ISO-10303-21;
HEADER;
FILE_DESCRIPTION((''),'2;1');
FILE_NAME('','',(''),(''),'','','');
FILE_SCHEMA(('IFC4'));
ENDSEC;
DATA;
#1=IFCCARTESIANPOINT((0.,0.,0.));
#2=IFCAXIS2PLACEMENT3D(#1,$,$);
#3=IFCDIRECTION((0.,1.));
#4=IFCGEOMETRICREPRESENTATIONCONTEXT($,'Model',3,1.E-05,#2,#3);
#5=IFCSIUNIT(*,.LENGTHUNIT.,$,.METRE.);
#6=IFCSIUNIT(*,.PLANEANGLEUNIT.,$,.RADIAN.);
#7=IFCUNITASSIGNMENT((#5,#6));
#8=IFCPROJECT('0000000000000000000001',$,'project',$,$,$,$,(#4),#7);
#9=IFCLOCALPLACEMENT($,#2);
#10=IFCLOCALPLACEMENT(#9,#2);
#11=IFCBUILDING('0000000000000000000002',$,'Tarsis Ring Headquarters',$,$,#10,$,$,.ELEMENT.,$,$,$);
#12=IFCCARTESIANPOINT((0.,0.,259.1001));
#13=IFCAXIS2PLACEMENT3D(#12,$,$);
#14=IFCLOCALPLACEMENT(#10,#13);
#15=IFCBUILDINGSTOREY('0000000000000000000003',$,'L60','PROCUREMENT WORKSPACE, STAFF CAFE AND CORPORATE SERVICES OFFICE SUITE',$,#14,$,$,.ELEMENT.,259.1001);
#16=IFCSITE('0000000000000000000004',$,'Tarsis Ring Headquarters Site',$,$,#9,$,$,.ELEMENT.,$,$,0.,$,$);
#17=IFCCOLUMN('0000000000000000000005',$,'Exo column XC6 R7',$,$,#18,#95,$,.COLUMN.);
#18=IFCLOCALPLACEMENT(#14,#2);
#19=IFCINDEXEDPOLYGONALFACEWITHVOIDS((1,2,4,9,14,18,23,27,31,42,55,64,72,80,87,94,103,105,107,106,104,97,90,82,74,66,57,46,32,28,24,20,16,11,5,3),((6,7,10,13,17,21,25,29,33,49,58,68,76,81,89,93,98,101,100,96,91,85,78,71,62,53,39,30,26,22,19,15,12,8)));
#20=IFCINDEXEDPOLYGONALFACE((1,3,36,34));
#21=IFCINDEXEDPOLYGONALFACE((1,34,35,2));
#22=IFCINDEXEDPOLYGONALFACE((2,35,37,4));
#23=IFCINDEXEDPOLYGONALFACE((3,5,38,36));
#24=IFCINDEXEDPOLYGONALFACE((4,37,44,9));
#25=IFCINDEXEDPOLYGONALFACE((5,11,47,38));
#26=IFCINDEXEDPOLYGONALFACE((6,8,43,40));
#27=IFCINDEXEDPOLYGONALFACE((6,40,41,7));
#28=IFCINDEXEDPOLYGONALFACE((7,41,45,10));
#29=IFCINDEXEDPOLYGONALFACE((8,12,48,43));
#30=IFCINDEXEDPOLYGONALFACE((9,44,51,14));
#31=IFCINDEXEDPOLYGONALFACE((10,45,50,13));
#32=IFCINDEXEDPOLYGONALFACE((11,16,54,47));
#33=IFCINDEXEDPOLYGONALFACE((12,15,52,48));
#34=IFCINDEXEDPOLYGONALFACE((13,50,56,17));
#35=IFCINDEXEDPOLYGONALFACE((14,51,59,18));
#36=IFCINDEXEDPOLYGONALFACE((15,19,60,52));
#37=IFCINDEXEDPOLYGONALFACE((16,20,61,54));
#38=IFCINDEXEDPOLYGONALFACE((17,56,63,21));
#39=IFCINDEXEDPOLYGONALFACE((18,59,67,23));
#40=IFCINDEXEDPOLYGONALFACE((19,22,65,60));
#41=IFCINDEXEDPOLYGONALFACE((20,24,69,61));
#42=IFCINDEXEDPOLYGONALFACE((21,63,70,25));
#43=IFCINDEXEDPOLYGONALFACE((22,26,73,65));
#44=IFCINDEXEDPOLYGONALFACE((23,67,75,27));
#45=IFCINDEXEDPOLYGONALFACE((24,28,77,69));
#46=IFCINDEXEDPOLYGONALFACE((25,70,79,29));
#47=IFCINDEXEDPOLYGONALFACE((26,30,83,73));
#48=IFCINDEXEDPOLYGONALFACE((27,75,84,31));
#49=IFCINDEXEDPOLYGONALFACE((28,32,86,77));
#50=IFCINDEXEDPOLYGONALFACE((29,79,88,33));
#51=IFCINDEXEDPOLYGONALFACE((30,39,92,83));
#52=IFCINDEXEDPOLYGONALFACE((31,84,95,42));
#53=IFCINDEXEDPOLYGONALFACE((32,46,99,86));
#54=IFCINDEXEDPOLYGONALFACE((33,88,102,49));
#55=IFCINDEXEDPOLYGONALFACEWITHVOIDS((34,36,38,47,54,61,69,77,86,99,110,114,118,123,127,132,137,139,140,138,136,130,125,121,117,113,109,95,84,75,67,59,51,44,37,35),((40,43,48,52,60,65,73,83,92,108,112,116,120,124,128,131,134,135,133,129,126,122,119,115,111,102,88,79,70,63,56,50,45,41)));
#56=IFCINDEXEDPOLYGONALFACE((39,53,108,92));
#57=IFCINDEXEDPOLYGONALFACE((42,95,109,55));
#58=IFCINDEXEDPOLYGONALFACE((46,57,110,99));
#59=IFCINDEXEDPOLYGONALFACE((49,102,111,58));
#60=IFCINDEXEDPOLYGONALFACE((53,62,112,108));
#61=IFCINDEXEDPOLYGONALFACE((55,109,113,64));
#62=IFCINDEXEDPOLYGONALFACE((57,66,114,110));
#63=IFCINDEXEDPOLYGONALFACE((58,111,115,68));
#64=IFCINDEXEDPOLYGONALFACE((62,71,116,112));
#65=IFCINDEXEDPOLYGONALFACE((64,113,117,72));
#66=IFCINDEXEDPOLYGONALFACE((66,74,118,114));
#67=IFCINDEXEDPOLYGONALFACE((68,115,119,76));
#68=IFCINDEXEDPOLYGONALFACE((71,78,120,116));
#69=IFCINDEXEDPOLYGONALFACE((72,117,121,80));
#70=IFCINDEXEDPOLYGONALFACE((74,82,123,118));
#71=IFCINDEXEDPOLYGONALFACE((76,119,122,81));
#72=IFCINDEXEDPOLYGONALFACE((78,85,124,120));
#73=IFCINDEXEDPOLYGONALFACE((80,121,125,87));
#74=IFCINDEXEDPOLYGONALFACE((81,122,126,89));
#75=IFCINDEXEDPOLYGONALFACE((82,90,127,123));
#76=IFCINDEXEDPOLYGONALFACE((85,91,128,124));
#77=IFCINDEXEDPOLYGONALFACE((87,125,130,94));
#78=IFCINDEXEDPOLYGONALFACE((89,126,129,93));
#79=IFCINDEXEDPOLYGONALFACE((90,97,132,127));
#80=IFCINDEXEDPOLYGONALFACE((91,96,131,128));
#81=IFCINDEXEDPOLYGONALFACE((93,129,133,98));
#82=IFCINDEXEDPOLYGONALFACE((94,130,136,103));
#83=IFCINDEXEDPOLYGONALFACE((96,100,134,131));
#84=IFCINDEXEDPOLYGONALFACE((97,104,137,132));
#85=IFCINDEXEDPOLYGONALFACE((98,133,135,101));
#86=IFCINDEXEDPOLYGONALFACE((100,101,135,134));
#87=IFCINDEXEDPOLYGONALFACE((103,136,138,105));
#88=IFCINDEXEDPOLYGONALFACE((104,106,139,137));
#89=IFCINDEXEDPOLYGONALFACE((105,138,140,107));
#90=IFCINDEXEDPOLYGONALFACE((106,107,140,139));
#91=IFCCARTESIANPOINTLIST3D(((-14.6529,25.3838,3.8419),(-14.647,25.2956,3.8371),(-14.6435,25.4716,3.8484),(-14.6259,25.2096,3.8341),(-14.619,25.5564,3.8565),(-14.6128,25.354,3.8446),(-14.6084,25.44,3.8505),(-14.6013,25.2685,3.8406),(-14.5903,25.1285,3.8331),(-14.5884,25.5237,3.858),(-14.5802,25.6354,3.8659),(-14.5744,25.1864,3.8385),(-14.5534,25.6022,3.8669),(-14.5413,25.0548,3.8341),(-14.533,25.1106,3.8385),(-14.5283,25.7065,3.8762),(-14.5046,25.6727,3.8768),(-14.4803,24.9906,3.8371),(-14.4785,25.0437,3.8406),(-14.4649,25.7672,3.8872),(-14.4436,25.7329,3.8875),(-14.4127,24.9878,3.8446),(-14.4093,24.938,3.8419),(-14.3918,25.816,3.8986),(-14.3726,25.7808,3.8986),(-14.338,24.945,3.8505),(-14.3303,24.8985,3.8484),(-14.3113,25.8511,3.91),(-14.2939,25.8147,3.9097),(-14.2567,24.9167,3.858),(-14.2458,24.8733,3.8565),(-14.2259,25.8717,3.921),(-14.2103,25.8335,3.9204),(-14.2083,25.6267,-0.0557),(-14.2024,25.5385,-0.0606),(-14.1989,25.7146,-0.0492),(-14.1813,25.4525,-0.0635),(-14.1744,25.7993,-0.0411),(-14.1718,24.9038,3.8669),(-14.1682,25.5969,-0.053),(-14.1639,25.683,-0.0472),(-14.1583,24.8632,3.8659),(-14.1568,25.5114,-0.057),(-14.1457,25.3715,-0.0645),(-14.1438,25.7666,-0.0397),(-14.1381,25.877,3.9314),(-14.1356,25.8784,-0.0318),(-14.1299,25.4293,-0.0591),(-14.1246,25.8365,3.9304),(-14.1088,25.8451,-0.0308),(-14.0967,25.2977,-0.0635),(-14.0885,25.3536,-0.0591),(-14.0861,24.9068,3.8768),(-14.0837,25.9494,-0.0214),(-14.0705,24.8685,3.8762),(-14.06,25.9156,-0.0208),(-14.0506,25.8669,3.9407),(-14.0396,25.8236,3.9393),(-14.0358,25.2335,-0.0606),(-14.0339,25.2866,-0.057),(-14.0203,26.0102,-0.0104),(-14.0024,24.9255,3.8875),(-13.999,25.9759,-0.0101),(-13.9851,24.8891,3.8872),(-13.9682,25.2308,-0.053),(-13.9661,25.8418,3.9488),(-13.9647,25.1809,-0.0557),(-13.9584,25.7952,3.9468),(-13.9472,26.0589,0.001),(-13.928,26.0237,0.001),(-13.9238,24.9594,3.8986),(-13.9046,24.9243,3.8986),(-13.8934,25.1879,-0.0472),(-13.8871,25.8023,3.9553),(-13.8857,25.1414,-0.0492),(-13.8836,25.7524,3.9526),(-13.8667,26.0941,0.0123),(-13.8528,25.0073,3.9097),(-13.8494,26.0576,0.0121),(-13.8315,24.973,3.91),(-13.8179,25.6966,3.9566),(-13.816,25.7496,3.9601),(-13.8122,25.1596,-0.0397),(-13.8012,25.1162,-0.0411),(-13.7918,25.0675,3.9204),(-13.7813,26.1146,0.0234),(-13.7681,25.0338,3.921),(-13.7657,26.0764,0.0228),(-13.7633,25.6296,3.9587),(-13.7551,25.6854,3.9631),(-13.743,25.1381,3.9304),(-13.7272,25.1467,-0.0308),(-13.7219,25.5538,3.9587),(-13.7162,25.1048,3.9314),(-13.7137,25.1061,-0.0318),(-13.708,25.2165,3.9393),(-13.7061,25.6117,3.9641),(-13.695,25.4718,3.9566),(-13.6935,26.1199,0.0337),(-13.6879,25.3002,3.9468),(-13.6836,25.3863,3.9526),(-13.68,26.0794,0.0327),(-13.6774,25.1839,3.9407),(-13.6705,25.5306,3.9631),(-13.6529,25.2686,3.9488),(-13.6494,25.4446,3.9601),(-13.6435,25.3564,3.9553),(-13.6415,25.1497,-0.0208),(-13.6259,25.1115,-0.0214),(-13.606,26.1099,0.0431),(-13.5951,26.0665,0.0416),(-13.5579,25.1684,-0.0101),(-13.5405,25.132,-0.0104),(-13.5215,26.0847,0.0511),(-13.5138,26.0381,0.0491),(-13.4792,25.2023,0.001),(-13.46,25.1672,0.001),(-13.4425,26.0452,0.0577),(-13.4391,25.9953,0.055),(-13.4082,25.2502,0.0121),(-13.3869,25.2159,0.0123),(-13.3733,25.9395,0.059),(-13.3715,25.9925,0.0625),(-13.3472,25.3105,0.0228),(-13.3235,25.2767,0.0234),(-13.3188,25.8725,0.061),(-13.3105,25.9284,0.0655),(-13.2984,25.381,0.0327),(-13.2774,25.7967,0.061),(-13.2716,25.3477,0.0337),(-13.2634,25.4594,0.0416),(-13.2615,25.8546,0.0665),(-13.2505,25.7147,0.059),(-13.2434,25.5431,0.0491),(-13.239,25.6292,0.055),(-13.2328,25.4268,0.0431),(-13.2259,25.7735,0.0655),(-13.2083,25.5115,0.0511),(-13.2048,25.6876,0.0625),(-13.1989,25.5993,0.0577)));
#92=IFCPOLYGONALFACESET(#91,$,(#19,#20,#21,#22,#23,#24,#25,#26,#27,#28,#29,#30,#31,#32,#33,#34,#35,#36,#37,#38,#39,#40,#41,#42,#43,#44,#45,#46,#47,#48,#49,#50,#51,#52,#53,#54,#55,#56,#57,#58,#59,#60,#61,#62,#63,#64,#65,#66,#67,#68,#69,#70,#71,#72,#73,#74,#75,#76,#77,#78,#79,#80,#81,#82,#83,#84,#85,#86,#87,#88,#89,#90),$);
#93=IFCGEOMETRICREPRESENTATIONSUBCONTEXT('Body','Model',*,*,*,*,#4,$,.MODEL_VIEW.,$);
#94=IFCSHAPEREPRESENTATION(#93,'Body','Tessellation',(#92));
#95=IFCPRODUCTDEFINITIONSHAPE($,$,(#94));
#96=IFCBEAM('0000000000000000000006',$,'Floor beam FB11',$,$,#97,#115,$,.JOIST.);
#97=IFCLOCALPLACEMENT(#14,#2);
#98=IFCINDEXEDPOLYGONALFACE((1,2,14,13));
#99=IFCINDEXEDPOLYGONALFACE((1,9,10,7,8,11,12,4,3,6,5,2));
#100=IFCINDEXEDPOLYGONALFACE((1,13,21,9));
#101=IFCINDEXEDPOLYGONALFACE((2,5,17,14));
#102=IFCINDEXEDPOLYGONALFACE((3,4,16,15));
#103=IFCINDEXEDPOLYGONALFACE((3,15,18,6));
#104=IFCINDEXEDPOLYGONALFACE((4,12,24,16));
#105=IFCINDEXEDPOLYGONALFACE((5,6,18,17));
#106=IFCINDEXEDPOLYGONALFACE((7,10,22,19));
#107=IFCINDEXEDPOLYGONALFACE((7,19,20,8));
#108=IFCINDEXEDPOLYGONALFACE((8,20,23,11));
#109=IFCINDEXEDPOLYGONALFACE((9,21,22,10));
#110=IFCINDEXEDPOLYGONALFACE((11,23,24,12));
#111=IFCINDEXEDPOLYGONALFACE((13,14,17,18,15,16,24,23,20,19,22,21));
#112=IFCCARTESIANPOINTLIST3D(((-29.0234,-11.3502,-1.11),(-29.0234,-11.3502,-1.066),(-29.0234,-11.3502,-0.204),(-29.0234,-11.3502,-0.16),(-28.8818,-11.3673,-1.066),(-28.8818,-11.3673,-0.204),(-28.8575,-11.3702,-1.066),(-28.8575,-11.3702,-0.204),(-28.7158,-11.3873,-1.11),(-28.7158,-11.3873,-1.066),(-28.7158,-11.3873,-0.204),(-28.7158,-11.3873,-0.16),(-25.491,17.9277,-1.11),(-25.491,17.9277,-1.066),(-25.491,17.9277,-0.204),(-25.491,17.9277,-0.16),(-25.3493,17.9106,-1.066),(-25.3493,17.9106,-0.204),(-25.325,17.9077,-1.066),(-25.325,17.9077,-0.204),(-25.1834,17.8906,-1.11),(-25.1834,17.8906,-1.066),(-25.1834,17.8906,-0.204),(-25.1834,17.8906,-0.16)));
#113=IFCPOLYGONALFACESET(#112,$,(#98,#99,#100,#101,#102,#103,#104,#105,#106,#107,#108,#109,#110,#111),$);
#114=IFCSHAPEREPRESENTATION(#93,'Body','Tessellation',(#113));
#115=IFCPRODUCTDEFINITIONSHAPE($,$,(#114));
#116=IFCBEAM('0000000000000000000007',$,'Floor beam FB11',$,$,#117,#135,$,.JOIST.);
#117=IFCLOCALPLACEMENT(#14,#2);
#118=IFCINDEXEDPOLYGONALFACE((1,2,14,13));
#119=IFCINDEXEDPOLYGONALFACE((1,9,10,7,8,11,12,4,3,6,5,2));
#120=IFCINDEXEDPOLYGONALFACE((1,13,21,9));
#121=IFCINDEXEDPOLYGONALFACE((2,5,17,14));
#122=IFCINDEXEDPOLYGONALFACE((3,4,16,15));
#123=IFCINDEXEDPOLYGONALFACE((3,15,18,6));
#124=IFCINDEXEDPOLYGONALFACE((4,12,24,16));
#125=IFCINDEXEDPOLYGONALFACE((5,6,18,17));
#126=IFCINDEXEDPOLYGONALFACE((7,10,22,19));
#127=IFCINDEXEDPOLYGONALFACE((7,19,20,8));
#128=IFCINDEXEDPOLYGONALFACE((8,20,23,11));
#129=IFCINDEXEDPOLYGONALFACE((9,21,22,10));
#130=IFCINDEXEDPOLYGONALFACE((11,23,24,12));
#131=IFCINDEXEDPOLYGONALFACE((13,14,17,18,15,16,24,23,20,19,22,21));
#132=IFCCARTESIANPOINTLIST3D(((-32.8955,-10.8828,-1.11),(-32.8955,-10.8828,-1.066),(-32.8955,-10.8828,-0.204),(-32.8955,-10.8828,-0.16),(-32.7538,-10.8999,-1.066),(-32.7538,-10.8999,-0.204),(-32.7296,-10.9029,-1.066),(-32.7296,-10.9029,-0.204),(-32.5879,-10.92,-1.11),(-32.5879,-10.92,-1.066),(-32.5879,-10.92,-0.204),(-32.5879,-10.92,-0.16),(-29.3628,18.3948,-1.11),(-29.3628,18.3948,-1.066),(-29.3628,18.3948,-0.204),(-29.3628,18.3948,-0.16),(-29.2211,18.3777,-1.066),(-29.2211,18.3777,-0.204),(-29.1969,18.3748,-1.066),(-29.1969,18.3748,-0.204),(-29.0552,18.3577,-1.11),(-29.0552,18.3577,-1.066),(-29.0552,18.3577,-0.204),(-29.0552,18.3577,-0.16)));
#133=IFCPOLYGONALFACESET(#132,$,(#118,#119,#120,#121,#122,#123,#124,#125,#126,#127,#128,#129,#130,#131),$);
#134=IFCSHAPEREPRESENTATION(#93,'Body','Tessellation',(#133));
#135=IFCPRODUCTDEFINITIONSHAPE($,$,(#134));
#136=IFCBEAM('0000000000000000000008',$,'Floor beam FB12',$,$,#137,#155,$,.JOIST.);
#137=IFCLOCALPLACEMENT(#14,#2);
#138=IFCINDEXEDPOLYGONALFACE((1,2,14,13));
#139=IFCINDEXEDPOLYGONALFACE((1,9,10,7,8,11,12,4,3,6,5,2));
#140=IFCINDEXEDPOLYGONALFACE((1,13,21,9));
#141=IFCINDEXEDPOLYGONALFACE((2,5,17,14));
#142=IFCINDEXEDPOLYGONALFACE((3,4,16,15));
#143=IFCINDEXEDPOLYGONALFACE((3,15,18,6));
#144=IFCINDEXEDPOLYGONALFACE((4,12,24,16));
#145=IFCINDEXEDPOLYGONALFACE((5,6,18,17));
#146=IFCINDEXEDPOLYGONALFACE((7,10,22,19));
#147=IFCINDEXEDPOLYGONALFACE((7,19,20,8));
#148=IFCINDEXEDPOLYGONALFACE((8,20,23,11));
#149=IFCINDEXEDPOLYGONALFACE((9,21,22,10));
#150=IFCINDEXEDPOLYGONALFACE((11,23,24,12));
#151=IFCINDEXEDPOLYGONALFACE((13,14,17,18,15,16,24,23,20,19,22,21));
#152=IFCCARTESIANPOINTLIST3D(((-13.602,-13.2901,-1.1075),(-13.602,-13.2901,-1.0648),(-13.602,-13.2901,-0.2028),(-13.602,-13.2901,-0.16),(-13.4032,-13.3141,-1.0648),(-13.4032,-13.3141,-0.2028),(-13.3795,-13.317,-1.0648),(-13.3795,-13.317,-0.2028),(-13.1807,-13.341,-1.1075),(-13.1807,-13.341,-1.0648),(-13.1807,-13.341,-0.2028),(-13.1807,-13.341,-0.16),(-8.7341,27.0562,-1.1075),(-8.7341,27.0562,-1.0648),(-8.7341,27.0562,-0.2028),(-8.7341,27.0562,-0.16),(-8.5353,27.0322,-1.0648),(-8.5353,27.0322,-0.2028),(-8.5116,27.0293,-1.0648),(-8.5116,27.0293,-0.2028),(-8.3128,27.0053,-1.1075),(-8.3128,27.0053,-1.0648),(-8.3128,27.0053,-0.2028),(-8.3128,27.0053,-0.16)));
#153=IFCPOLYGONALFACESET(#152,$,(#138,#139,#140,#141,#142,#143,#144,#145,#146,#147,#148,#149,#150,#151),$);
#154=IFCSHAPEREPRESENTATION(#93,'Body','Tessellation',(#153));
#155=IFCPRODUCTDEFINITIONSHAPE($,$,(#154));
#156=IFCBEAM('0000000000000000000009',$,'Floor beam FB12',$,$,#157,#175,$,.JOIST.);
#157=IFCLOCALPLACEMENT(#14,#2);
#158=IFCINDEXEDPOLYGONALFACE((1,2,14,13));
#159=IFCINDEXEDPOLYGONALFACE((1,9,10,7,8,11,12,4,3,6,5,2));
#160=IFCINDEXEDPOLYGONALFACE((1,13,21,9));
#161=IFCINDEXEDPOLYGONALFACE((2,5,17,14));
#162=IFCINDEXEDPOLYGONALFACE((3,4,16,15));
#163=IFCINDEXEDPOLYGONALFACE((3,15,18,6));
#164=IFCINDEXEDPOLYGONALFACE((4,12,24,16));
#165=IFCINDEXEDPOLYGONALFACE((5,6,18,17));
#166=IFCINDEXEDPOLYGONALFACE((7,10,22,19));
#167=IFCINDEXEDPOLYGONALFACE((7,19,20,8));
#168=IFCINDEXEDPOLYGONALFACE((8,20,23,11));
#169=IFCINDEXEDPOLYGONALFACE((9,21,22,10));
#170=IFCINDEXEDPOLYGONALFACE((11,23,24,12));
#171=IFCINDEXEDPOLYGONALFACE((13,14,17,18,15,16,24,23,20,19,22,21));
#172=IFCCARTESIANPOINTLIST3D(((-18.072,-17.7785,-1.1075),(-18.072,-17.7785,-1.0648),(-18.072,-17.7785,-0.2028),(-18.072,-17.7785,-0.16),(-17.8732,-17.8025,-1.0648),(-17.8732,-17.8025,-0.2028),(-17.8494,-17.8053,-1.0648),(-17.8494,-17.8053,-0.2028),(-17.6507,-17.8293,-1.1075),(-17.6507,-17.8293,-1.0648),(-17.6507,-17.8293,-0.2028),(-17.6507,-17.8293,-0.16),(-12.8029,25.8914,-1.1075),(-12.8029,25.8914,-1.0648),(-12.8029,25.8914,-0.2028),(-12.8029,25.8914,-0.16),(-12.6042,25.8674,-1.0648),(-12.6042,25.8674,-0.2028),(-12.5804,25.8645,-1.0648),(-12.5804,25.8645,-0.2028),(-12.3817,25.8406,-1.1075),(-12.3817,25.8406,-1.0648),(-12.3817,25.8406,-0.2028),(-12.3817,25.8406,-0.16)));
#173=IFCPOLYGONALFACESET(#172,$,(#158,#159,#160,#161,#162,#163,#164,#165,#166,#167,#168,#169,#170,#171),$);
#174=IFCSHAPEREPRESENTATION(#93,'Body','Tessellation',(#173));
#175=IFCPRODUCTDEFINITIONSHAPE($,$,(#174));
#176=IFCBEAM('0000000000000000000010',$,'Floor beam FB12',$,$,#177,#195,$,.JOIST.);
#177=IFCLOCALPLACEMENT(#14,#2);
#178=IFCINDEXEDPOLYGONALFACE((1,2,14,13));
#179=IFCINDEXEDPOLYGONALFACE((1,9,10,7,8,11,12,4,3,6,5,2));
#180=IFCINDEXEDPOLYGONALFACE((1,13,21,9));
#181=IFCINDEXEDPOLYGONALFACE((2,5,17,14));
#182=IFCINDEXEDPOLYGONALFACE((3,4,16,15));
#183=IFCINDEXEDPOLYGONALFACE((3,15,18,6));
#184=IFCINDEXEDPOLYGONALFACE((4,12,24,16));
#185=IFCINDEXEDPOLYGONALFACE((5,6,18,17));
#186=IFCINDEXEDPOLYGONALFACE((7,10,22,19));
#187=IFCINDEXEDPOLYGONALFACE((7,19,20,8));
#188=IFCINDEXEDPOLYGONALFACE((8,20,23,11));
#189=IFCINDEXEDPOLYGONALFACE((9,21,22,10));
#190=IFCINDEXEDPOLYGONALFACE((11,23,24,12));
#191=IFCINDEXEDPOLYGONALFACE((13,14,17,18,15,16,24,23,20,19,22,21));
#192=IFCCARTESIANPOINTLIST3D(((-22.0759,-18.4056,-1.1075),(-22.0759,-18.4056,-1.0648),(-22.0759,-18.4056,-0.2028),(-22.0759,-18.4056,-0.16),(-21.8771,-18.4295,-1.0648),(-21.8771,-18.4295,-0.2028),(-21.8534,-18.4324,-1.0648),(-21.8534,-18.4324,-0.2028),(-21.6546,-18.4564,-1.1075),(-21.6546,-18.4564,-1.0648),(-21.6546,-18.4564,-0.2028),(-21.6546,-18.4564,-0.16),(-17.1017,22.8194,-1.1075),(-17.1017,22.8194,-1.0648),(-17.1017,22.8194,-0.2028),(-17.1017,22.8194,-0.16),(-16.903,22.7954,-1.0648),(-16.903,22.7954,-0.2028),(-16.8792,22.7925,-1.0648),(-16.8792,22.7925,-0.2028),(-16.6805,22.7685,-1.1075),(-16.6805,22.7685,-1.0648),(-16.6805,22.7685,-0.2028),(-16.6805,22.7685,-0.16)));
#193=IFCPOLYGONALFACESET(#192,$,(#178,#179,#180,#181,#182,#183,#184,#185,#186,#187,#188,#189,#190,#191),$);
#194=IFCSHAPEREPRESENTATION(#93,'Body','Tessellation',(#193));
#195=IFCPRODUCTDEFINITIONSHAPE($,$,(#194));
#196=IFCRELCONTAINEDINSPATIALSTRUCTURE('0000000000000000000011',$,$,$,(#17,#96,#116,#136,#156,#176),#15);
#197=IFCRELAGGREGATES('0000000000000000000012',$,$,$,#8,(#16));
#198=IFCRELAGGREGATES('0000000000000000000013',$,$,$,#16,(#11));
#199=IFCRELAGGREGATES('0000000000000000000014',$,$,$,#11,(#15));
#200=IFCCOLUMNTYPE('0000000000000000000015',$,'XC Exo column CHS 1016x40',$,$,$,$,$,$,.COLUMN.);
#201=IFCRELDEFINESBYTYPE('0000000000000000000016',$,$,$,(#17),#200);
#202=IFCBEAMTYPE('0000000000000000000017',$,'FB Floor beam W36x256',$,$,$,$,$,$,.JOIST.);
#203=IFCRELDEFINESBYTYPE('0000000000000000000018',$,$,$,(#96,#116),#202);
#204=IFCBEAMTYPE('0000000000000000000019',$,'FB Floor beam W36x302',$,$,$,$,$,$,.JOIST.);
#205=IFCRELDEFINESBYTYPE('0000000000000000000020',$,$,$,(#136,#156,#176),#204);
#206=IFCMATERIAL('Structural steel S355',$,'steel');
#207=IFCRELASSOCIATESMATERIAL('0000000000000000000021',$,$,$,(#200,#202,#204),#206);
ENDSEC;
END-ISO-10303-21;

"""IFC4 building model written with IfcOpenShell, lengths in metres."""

from ifc_helpers import new_model, si_unit, direction, frame, origin, origin_2d, place, context, subcontext, project, spatial, hollow_circle, i_section, extrude, material, material_profile, profile_set, type_object, element, save


model = new_model("IFC4")

# Units and contexts
model_context = context("Model", 3, precision=1e-05, world=origin(), true_north=direction((0.0, 1.0)))
body_context = subcontext(model_context, "Body", "Model", "MODEL_VIEW")
ifc_project = project(units=[si_unit("LENGTHUNIT", "METRE"), si_unit("PLANEANGLEUNIT", "RADIAN")], contexts=[model_context])

# Site, building, storey
site_placement = place(None, origin())
site = spatial("IfcSite", under=ifc_project, at=site_placement, Name="Tarsis Ring Headquarters Site", CompositionType="ELEMENT", RefElevation=0.0)
building_placement = place(site_placement, origin())
building = spatial("IfcBuilding", under=site, at=building_placement, Name="Tarsis Ring Headquarters", CompositionType="ELEMENT")
storey_placement = place(building_placement, frame((0.0, 0.0, 259.1001)))
storey = spatial("IfcBuildingStorey", under=building, at=storey_placement, Name="L60", Description="PROCUREMENT WORKSPACE, STAFF CAFE AND CORPORATE SERVICES OFFICE SUITE", CompositionType="ELEMENT", Elevation=259.1001)

# Column
ifc_material_1 = material(Name="Structural steel S355", Category="steel")
ifc_material_profile_1 = material_profile(ifc_material_1, hollow_circle(Radius=0.5081, WallThickness=0.04, at=origin_2d()), Name="CHS 1016x40")
ifc_profile_set_1 = profile_set([ifc_material_profile_1], Name="Structural steel S355")
column_type = type_object("IfcColumnType", Name="XC Exo column CHS 1016x40", PredefinedType="COLUMN", material=ifc_profile_set_1)
column_placement = place(storey_placement, frame((-13.7036, 25.613, 0.001), z_axis=(-0.113111, -0.061804, 0.991658), x_axis=(0.479494, -0.877545, 0.0)))
element("IfcColumn", 1, at=column_placement, inside=storey, type_object=column_type, Name="Exo column XC6 R7", PredefinedType="COLUMN", context=body_context, shape_type="SweptSolid", body=[
    extrude(hollow_circle(Radius=0.5081, WallThickness=0.04, at=origin_2d()), origin(), (0.0, 0.0, 1.0), 3.9304),
])

# Beams
ifc_material_profile_2 = material_profile(ifc_material_1, i_section(OverallWidth=0.3098, OverallDepth=0.95, WebThickness=0.0244, FlangeThickness=0.0439, at=origin_2d()), Name="W36x256")
ifc_profile_set_2 = profile_set([ifc_material_profile_2], Name="Structural steel S355")
beam_type_1 = type_object("IfcBeamType", Name="FB Floor beam W36x256", PredefinedType="JOIST", material=ifc_profile_set_2)
beam_1_placement = place(storey_placement, frame((-25.3372, 17.9092, -0.635), z_axis=(-0.119785, -0.9928, 0.0), x_axis=(0.9928, -0.119785, 0.0)))
element("IfcBeam", 2, at=beam_1_placement, inside=storey, type_object=beam_type_1, Name="Floor beam FB11", PredefinedType="JOIST", context=body_context, shape_type="SweptSolid", body=[
    extrude(i_section(OverallWidth=0.3098, OverallDepth=0.95, WebThickness=0.0244, FlangeThickness=0.0439, at=origin_2d()), origin(), (0.0, 0.0, 1.0), 29.4902),
])
beam_2_placement = place(storey_placement, frame((-29.209, 18.3762, -0.635), z_axis=(-0.119794, -0.992799, 0.0), x_axis=(0.992799, -0.119794, 0.0)))
element("IfcBeam", 3, at=beam_2_placement, inside=storey, type_object=beam_type_1, Name="Floor beam FB11", PredefinedType="JOIST", context=body_context, shape_type="SweptSolid", body=[
    extrude(i_section(OverallWidth=0.3098, OverallDepth=0.95, WebThickness=0.0244, FlangeThickness=0.0439, at=origin_2d()), origin(), (0.0, 0.0, 1.0), 29.49),
])
ifc_material_profile_3 = material_profile(ifc_material_1, i_section(OverallWidth=0.4243, OverallDepth=0.9475, WebThickness=0.0239, FlangeThickness=0.0427, at=origin_2d()), Name="W36x302")
ifc_profile_set_3 = profile_set([ifc_material_profile_3], Name="Structural steel S355")
beam_type_2 = type_object("IfcBeamType", Name="FB Floor beam W36x302", PredefinedType="JOIST", material=ifc_profile_set_3)
beam_3_placement = place(storey_placement, frame((-8.5234, 27.0308, -0.6338), z_axis=(-0.119785, -0.9928, 0.0), x_axis=(0.9928, -0.119785, 0.0)))
element("IfcBeam", 4, at=beam_3_placement, inside=storey, type_object=beam_type_2, Name="Floor beam FB12", PredefinedType="JOIST", context=body_context, shape_type="SweptSolid", body=[
    extrude(i_section(OverallWidth=0.4243, OverallDepth=0.9475, WebThickness=0.0239, FlangeThickness=0.0427, at=origin_2d()), origin(), (0.0, 0.0, 1.0), 40.6389),
])
beam_4_placement = place(storey_placement, frame((-12.5923, 25.866, -0.6338), z_axis=(-0.119787, -0.9928, 0.0), x_axis=(0.9928, -0.119787, 0.0)))
element("IfcBeam", 5, at=beam_4_placement, inside=storey, type_object=beam_type_2, Name="Floor beam FB12", PredefinedType="JOIST", context=body_context, shape_type="SweptSolid", body=[
    extrude(i_section(OverallWidth=0.4243, OverallDepth=0.9475, WebThickness=0.0239, FlangeThickness=0.0427, at=origin_2d()), origin(), (0.0, 0.0, 1.0), 43.9866),
])
beam_5_placement = place(storey_placement, frame((-16.8911, 22.7939, -0.6338), z_axis=(-0.119789, -0.992799, 0.0), x_axis=(0.992799, -0.119789, 0.0)))
element("IfcBeam", 6, at=beam_5_placement, inside=storey, type_object=beam_type_2, Name="Floor beam FB12", PredefinedType="JOIST", context=body_context, shape_type="SweptSolid", body=[
    extrude(i_section(OverallWidth=0.4243, OverallDepth=0.9475, WebThickness=0.0239, FlangeThickness=0.0427, at=origin_2d()), origin(), (0.0, 0.0, 1.0), 41.5239),
])

save(model, "model.ifc")
